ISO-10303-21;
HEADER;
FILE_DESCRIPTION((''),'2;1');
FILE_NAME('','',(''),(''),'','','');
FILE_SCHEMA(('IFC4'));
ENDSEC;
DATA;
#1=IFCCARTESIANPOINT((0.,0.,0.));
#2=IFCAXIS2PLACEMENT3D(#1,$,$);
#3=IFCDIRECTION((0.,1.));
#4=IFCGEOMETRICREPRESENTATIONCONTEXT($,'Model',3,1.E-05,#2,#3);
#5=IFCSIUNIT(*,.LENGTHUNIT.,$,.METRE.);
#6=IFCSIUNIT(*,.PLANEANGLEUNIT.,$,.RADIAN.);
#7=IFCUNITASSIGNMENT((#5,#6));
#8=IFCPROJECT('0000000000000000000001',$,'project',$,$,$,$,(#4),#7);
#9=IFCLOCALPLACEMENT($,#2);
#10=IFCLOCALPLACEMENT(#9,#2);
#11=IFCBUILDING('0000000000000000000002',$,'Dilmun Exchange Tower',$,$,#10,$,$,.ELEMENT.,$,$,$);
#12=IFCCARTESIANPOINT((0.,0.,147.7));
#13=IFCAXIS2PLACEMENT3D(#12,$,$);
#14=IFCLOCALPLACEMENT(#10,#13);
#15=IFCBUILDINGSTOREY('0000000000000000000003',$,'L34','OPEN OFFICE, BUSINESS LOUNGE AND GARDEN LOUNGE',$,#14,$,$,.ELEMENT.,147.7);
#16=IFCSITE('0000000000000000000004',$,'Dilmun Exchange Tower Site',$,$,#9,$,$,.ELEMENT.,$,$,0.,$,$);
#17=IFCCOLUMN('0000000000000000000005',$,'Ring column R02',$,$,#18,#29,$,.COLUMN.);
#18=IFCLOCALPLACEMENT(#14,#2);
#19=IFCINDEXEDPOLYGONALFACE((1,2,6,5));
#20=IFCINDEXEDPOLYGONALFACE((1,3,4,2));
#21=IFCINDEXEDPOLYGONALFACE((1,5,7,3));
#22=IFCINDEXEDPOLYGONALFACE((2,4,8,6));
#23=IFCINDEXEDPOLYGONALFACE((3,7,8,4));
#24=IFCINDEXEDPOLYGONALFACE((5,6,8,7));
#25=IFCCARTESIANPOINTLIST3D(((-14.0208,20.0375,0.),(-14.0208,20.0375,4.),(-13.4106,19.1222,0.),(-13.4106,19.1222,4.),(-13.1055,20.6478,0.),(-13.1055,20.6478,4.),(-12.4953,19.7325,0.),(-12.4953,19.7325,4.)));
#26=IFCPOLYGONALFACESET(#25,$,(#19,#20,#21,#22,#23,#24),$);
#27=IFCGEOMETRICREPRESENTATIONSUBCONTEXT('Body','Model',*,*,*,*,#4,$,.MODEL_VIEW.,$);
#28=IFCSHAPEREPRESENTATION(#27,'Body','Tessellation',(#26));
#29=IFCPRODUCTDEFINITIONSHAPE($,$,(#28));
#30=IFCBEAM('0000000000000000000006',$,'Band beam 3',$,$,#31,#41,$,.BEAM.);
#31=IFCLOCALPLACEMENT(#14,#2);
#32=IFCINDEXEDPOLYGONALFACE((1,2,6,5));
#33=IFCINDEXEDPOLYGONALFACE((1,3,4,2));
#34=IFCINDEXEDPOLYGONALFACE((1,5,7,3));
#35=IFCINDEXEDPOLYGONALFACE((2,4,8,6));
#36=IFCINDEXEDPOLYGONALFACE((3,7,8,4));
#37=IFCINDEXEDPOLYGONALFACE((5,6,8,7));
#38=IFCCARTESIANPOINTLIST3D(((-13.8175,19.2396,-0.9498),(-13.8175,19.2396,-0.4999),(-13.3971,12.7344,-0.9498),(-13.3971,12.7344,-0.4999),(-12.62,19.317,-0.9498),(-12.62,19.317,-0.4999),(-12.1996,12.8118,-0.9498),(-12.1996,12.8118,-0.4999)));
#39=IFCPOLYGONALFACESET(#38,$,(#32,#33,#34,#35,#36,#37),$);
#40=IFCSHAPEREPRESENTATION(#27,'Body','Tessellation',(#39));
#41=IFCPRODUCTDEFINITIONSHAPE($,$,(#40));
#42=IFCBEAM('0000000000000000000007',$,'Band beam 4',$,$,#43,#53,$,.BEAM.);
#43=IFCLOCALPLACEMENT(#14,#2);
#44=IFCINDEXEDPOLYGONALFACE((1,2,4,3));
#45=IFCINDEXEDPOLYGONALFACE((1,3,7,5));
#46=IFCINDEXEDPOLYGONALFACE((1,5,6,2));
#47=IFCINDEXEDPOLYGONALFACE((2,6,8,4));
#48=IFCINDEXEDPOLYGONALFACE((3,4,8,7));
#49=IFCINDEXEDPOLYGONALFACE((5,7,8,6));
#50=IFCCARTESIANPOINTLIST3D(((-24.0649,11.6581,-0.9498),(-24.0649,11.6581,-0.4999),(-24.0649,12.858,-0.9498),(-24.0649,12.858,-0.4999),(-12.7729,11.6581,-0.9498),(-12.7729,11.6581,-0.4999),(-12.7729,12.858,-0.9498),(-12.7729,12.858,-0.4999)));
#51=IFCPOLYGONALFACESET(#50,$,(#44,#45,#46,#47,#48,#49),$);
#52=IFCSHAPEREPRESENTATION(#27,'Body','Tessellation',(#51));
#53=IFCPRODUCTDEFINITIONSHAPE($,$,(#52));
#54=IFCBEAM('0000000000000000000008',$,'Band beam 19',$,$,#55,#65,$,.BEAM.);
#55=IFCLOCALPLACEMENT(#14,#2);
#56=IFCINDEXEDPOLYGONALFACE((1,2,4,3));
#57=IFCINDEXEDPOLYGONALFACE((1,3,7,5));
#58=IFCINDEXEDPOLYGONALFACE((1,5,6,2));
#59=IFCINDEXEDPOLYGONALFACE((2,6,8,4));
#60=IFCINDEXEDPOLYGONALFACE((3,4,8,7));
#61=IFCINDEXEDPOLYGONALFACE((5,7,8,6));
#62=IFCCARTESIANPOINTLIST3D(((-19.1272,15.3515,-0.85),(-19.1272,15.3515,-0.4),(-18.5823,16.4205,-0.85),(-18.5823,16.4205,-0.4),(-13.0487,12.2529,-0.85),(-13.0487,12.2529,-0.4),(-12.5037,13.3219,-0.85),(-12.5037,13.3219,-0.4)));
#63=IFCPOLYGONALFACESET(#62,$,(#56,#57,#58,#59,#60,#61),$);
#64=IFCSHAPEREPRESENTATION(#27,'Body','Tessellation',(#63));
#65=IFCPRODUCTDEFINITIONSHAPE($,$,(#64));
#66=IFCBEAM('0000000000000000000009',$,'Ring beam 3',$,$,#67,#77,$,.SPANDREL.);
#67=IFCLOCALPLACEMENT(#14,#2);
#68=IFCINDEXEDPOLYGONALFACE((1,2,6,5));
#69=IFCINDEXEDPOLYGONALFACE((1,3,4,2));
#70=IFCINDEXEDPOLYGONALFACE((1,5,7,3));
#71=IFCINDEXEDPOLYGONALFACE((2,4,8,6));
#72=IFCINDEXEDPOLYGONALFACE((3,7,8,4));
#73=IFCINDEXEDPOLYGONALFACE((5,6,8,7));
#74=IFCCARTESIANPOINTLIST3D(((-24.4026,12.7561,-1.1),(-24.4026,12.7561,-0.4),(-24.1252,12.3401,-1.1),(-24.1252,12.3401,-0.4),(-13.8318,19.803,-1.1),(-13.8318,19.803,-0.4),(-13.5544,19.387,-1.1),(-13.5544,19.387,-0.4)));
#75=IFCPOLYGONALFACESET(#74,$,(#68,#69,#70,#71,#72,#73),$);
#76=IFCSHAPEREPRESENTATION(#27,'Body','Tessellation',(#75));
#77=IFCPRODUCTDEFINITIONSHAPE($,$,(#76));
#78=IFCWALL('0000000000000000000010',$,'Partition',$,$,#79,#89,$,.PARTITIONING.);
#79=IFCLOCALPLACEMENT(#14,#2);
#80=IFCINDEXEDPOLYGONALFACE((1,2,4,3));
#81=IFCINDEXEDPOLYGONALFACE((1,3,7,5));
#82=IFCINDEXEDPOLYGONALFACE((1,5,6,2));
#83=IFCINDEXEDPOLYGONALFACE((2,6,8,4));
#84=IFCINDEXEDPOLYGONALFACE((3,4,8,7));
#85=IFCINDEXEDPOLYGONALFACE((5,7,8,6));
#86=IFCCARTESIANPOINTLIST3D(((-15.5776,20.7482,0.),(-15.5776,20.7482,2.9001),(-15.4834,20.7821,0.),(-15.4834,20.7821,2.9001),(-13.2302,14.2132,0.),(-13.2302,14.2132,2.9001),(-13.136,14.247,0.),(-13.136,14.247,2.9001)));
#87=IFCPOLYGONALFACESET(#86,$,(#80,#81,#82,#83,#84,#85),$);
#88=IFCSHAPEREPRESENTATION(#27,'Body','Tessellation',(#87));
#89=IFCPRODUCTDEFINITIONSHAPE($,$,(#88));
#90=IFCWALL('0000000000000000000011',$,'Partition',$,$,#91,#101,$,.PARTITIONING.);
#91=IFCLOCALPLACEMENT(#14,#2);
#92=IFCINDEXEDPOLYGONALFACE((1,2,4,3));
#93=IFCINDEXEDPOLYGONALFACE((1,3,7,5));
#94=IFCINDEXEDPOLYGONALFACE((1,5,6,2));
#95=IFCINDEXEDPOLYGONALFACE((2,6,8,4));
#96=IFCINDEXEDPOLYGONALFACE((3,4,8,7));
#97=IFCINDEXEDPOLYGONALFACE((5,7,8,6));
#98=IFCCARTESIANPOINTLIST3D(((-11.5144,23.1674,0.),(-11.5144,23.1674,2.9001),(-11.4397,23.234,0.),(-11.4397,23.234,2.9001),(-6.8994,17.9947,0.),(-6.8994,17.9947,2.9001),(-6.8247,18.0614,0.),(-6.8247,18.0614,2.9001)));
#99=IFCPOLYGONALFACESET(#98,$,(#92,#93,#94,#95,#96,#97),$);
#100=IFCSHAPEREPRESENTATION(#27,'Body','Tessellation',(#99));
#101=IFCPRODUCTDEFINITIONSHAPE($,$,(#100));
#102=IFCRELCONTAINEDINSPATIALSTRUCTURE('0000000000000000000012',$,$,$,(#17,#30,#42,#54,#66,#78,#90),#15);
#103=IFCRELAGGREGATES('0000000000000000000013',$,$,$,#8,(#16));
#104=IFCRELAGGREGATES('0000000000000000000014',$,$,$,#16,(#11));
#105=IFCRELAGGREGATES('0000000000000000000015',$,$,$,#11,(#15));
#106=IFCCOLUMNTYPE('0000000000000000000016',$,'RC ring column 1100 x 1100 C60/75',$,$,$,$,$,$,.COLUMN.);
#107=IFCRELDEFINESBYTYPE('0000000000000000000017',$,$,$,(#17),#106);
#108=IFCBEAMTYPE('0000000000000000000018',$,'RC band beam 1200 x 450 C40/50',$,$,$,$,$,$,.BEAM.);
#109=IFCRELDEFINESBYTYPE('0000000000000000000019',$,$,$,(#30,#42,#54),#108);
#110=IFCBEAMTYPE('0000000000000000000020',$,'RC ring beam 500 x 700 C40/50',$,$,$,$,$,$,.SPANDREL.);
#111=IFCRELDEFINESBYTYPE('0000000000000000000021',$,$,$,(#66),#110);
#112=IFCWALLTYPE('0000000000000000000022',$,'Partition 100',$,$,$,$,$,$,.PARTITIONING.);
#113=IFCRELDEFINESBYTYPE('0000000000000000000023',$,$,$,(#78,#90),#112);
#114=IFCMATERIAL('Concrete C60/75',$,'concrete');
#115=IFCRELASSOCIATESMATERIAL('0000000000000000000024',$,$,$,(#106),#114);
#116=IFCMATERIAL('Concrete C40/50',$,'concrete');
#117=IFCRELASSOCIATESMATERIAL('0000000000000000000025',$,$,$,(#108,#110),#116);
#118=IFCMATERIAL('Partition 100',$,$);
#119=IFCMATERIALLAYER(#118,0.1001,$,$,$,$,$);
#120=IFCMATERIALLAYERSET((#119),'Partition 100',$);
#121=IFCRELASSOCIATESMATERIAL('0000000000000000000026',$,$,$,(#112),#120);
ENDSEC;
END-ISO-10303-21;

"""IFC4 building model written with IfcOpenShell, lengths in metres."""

from ifc_helpers import new_model, si_unit, direction, frame, frame_2d, origin, origin_2d, place, context, subcontext, project, spatial, rectangle, extrude, material, layer, layer_set, material_profile, profile_set, type_object, element, save


model = new_model("IFC4")

# Units and contexts
model_context = context("Model", 3, precision=1e-05, world=origin(), true_north=direction((0.0, 1.0)))
body_context = subcontext(model_context, "Body", "Model", "MODEL_VIEW")
ifc_project = project(units=[si_unit("LENGTHUNIT", "METRE"), si_unit("PLANEANGLEUNIT", "RADIAN")], contexts=[model_context])

# Site, building, storey
site_placement = place(None, origin())
site = spatial("IfcSite", under=ifc_project, at=site_placement, Name="Dilmun Exchange Tower Site", CompositionType="ELEMENT", RefElevation=0.0)
building_placement = place(site_placement, origin())
building = spatial("IfcBuilding", under=site, at=building_placement, Name="Dilmun Exchange Tower", CompositionType="ELEMENT")
storey_placement = place(building_placement, frame((0.0, 0.0, 147.7)))
storey = spatial("IfcBuildingStorey", under=building, at=storey_placement, Name="L34", Description="OPEN OFFICE, BUSINESS LOUNGE AND GARDEN LOUNGE", CompositionType="ELEMENT", Elevation=147.7)

# Column
ifc_material_1 = material(Name="Concrete C60/75", Category="concrete")
ifc_material_profile_1 = material_profile(ifc_material_1, rectangle(XDim=1.1001, YDim=1.1001, at=origin_2d()), Name="1100 x 1100")
ifc_profile_set_1 = profile_set([ifc_material_profile_1], Name="Concrete C60/75")
column_type = type_object("IfcColumnType", Name="RC ring column 1100 x 1100 C60/75", PredefinedType="COLUMN", material=ifc_profile_set_1)
column_placement = place(storey_placement, frame((-13.2581, 19.885, 0.0), z_axis=(0.0, 0.0, 1.0), x_axis=(0.832029, 0.554733, 0.0)))
element("IfcColumn", 1, at=column_placement, inside=storey, type_object=column_type, Name="Ring column R02", PredefinedType="COLUMN", context=body_context, shape_type="SweptSolid", body=[
    extrude(rectangle(XDim=1.1001, YDim=1.1001, at=origin_2d()), origin(), (0.0, 0.0, 1.0), 4.0),
])

# Beams
ifc_material_2 = material(Name="Concrete C40/50", Category="concrete")
ifc_material_profile_2 = material_profile(ifc_material_2, rectangle(XDim=1.2, YDim=0.45, at=origin_2d()), Name="1200 x 450")
ifc_profile_set_2 = profile_set([ifc_material_profile_2], Name="Concrete C40/50")
beam_type_1 = type_object("IfcBeamType", Name="RC band beam 1200 x 450 C40/50", PredefinedType="BEAM", material=ifc_profile_set_2)
beam_1_placement = place(storey_placement, frame((-13.2188, 19.2783, -0.7249), z_axis=(0.064493, -0.997918, 0.0), x_axis=(0.997918, 0.064493, 0.0)))
element("IfcBeam", 2, at=beam_1_placement, inside=storey, type_object=beam_type_1, Name="Band beam 3", PredefinedType="BEAM", context=body_context, shape_type="SweptSolid", body=[
    extrude(rectangle(XDim=1.2, YDim=0.45, at=origin_2d()), origin(), (0.0, 0.0, 1.0), 6.5188),
])
beam_2_placement = place(storey_placement, frame((-24.0649, 12.2581, -0.7249), z_axis=(1.0, 0.0, 0.0), x_axis=(0.0, 1.0, 0.0)))
element("IfcBeam", 3, at=beam_2_placement, inside=storey, type_object=beam_type_1, Name="Band beam 4", PredefinedType="BEAM", context=body_context, shape_type="SweptSolid", body=[
    extrude(rectangle(XDim=1.2, YDim=0.45, at=origin_2d()), origin(), (0.0, 0.0, 1.0), 11.292),
])
beam_3_placement = place(storey_placement, frame((-18.8547, 15.886, -0.625), z_axis=(0.890922, -0.454156, 0.0), x_axis=(0.454156, 0.890922, 0.0)))
element("IfcBeam", 4, at=beam_3_placement, inside=storey, type_object=beam_type_1, Name="Band beam 19", PredefinedType="BEAM", context=body_context, shape_type="SweptSolid", body=[
    extrude(rectangle(XDim=1.2, YDim=0.45, at=origin_2d()), origin(), (0.0, 0.0, 1.0), 6.8228),
])
ifc_material_profile_3 = material_profile(ifc_material_2, rectangle(XDim=0.5, YDim=0.7, at=origin_2d()), Name="500 x 700")
ifc_profile_set_3 = profile_set([ifc_material_profile_3], Name="Concrete C40/50")
beam_type_2 = type_object("IfcBeamType", Name="RC ring beam 500 x 700 C40/50", PredefinedType="SPANDREL", material=ifc_profile_set_3)
beam_4_placement = place(storey_placement, frame((-13.6931, 19.595, -0.75), z_axis=(-0.832062, -0.554682, 0.0), x_axis=(0.554682, -0.832062, 0.0)))
element("IfcBeam", 5, at=beam_4_placement, inside=storey, type_object=beam_type_2, Name="Ring beam 3", PredefinedType="SPANDREL", context=body_context, shape_type="SweptSolid", body=[
    extrude(rectangle(XDim=0.5, YDim=0.7, at=origin_2d()), origin(), (0.0, 0.0, 1.0), 12.7043),
])

# Walls
ifc_material_3 = material(Name="Partition 100")
ifc_layer_1 = layer(ifc_material_3, 0.1001)
ifc_layer_set_1 = layer_set([ifc_layer_1], Name="Partition 100")
wall_type_1 = type_object("IfcWallType", Name="Partition 100", PredefinedType="PARTITIONING", material=ifc_layer_set_1)
wall_1_placement = place(storey_placement, frame((-15.5305, 20.7651, 0.0), z_axis=(0.0, 0.0, 1.0), x_axis=(0.338062, -0.941124, 0.0)))
element("IfcWall", 6, at=wall_1_placement, inside=storey, type_object=wall_type_1, Name="Partition", PredefinedType="PARTITIONING", context=body_context, shape_type="SweptSolid", body=[
    extrude(rectangle(XDim=6.9438, YDim=0.1001, at=frame_2d((3.4719, 0.0))), origin(), (0.0, 0.0, 1.0), 2.9001),
])
wall_2_placement = place(storey_placement, frame((-11.4771, 23.2007, 0.0), z_axis=(0.0, 0.0, 1.0), x_axis=(0.665742, -0.746182, 0.0)))
element("IfcWall", 7, at=wall_2_placement, inside=storey, type_object=wall_type_1, Name="Partition", PredefinedType="PARTITIONING", context=body_context, shape_type="SweptSolid", body=[
    extrude(rectangle(XDim=6.9321, YDim=0.1001, at=frame_2d((3.4661, 0.0))), origin(), (0.0, 0.0, 1.0), 2.9001),
])

save(model, "model.ifc")
